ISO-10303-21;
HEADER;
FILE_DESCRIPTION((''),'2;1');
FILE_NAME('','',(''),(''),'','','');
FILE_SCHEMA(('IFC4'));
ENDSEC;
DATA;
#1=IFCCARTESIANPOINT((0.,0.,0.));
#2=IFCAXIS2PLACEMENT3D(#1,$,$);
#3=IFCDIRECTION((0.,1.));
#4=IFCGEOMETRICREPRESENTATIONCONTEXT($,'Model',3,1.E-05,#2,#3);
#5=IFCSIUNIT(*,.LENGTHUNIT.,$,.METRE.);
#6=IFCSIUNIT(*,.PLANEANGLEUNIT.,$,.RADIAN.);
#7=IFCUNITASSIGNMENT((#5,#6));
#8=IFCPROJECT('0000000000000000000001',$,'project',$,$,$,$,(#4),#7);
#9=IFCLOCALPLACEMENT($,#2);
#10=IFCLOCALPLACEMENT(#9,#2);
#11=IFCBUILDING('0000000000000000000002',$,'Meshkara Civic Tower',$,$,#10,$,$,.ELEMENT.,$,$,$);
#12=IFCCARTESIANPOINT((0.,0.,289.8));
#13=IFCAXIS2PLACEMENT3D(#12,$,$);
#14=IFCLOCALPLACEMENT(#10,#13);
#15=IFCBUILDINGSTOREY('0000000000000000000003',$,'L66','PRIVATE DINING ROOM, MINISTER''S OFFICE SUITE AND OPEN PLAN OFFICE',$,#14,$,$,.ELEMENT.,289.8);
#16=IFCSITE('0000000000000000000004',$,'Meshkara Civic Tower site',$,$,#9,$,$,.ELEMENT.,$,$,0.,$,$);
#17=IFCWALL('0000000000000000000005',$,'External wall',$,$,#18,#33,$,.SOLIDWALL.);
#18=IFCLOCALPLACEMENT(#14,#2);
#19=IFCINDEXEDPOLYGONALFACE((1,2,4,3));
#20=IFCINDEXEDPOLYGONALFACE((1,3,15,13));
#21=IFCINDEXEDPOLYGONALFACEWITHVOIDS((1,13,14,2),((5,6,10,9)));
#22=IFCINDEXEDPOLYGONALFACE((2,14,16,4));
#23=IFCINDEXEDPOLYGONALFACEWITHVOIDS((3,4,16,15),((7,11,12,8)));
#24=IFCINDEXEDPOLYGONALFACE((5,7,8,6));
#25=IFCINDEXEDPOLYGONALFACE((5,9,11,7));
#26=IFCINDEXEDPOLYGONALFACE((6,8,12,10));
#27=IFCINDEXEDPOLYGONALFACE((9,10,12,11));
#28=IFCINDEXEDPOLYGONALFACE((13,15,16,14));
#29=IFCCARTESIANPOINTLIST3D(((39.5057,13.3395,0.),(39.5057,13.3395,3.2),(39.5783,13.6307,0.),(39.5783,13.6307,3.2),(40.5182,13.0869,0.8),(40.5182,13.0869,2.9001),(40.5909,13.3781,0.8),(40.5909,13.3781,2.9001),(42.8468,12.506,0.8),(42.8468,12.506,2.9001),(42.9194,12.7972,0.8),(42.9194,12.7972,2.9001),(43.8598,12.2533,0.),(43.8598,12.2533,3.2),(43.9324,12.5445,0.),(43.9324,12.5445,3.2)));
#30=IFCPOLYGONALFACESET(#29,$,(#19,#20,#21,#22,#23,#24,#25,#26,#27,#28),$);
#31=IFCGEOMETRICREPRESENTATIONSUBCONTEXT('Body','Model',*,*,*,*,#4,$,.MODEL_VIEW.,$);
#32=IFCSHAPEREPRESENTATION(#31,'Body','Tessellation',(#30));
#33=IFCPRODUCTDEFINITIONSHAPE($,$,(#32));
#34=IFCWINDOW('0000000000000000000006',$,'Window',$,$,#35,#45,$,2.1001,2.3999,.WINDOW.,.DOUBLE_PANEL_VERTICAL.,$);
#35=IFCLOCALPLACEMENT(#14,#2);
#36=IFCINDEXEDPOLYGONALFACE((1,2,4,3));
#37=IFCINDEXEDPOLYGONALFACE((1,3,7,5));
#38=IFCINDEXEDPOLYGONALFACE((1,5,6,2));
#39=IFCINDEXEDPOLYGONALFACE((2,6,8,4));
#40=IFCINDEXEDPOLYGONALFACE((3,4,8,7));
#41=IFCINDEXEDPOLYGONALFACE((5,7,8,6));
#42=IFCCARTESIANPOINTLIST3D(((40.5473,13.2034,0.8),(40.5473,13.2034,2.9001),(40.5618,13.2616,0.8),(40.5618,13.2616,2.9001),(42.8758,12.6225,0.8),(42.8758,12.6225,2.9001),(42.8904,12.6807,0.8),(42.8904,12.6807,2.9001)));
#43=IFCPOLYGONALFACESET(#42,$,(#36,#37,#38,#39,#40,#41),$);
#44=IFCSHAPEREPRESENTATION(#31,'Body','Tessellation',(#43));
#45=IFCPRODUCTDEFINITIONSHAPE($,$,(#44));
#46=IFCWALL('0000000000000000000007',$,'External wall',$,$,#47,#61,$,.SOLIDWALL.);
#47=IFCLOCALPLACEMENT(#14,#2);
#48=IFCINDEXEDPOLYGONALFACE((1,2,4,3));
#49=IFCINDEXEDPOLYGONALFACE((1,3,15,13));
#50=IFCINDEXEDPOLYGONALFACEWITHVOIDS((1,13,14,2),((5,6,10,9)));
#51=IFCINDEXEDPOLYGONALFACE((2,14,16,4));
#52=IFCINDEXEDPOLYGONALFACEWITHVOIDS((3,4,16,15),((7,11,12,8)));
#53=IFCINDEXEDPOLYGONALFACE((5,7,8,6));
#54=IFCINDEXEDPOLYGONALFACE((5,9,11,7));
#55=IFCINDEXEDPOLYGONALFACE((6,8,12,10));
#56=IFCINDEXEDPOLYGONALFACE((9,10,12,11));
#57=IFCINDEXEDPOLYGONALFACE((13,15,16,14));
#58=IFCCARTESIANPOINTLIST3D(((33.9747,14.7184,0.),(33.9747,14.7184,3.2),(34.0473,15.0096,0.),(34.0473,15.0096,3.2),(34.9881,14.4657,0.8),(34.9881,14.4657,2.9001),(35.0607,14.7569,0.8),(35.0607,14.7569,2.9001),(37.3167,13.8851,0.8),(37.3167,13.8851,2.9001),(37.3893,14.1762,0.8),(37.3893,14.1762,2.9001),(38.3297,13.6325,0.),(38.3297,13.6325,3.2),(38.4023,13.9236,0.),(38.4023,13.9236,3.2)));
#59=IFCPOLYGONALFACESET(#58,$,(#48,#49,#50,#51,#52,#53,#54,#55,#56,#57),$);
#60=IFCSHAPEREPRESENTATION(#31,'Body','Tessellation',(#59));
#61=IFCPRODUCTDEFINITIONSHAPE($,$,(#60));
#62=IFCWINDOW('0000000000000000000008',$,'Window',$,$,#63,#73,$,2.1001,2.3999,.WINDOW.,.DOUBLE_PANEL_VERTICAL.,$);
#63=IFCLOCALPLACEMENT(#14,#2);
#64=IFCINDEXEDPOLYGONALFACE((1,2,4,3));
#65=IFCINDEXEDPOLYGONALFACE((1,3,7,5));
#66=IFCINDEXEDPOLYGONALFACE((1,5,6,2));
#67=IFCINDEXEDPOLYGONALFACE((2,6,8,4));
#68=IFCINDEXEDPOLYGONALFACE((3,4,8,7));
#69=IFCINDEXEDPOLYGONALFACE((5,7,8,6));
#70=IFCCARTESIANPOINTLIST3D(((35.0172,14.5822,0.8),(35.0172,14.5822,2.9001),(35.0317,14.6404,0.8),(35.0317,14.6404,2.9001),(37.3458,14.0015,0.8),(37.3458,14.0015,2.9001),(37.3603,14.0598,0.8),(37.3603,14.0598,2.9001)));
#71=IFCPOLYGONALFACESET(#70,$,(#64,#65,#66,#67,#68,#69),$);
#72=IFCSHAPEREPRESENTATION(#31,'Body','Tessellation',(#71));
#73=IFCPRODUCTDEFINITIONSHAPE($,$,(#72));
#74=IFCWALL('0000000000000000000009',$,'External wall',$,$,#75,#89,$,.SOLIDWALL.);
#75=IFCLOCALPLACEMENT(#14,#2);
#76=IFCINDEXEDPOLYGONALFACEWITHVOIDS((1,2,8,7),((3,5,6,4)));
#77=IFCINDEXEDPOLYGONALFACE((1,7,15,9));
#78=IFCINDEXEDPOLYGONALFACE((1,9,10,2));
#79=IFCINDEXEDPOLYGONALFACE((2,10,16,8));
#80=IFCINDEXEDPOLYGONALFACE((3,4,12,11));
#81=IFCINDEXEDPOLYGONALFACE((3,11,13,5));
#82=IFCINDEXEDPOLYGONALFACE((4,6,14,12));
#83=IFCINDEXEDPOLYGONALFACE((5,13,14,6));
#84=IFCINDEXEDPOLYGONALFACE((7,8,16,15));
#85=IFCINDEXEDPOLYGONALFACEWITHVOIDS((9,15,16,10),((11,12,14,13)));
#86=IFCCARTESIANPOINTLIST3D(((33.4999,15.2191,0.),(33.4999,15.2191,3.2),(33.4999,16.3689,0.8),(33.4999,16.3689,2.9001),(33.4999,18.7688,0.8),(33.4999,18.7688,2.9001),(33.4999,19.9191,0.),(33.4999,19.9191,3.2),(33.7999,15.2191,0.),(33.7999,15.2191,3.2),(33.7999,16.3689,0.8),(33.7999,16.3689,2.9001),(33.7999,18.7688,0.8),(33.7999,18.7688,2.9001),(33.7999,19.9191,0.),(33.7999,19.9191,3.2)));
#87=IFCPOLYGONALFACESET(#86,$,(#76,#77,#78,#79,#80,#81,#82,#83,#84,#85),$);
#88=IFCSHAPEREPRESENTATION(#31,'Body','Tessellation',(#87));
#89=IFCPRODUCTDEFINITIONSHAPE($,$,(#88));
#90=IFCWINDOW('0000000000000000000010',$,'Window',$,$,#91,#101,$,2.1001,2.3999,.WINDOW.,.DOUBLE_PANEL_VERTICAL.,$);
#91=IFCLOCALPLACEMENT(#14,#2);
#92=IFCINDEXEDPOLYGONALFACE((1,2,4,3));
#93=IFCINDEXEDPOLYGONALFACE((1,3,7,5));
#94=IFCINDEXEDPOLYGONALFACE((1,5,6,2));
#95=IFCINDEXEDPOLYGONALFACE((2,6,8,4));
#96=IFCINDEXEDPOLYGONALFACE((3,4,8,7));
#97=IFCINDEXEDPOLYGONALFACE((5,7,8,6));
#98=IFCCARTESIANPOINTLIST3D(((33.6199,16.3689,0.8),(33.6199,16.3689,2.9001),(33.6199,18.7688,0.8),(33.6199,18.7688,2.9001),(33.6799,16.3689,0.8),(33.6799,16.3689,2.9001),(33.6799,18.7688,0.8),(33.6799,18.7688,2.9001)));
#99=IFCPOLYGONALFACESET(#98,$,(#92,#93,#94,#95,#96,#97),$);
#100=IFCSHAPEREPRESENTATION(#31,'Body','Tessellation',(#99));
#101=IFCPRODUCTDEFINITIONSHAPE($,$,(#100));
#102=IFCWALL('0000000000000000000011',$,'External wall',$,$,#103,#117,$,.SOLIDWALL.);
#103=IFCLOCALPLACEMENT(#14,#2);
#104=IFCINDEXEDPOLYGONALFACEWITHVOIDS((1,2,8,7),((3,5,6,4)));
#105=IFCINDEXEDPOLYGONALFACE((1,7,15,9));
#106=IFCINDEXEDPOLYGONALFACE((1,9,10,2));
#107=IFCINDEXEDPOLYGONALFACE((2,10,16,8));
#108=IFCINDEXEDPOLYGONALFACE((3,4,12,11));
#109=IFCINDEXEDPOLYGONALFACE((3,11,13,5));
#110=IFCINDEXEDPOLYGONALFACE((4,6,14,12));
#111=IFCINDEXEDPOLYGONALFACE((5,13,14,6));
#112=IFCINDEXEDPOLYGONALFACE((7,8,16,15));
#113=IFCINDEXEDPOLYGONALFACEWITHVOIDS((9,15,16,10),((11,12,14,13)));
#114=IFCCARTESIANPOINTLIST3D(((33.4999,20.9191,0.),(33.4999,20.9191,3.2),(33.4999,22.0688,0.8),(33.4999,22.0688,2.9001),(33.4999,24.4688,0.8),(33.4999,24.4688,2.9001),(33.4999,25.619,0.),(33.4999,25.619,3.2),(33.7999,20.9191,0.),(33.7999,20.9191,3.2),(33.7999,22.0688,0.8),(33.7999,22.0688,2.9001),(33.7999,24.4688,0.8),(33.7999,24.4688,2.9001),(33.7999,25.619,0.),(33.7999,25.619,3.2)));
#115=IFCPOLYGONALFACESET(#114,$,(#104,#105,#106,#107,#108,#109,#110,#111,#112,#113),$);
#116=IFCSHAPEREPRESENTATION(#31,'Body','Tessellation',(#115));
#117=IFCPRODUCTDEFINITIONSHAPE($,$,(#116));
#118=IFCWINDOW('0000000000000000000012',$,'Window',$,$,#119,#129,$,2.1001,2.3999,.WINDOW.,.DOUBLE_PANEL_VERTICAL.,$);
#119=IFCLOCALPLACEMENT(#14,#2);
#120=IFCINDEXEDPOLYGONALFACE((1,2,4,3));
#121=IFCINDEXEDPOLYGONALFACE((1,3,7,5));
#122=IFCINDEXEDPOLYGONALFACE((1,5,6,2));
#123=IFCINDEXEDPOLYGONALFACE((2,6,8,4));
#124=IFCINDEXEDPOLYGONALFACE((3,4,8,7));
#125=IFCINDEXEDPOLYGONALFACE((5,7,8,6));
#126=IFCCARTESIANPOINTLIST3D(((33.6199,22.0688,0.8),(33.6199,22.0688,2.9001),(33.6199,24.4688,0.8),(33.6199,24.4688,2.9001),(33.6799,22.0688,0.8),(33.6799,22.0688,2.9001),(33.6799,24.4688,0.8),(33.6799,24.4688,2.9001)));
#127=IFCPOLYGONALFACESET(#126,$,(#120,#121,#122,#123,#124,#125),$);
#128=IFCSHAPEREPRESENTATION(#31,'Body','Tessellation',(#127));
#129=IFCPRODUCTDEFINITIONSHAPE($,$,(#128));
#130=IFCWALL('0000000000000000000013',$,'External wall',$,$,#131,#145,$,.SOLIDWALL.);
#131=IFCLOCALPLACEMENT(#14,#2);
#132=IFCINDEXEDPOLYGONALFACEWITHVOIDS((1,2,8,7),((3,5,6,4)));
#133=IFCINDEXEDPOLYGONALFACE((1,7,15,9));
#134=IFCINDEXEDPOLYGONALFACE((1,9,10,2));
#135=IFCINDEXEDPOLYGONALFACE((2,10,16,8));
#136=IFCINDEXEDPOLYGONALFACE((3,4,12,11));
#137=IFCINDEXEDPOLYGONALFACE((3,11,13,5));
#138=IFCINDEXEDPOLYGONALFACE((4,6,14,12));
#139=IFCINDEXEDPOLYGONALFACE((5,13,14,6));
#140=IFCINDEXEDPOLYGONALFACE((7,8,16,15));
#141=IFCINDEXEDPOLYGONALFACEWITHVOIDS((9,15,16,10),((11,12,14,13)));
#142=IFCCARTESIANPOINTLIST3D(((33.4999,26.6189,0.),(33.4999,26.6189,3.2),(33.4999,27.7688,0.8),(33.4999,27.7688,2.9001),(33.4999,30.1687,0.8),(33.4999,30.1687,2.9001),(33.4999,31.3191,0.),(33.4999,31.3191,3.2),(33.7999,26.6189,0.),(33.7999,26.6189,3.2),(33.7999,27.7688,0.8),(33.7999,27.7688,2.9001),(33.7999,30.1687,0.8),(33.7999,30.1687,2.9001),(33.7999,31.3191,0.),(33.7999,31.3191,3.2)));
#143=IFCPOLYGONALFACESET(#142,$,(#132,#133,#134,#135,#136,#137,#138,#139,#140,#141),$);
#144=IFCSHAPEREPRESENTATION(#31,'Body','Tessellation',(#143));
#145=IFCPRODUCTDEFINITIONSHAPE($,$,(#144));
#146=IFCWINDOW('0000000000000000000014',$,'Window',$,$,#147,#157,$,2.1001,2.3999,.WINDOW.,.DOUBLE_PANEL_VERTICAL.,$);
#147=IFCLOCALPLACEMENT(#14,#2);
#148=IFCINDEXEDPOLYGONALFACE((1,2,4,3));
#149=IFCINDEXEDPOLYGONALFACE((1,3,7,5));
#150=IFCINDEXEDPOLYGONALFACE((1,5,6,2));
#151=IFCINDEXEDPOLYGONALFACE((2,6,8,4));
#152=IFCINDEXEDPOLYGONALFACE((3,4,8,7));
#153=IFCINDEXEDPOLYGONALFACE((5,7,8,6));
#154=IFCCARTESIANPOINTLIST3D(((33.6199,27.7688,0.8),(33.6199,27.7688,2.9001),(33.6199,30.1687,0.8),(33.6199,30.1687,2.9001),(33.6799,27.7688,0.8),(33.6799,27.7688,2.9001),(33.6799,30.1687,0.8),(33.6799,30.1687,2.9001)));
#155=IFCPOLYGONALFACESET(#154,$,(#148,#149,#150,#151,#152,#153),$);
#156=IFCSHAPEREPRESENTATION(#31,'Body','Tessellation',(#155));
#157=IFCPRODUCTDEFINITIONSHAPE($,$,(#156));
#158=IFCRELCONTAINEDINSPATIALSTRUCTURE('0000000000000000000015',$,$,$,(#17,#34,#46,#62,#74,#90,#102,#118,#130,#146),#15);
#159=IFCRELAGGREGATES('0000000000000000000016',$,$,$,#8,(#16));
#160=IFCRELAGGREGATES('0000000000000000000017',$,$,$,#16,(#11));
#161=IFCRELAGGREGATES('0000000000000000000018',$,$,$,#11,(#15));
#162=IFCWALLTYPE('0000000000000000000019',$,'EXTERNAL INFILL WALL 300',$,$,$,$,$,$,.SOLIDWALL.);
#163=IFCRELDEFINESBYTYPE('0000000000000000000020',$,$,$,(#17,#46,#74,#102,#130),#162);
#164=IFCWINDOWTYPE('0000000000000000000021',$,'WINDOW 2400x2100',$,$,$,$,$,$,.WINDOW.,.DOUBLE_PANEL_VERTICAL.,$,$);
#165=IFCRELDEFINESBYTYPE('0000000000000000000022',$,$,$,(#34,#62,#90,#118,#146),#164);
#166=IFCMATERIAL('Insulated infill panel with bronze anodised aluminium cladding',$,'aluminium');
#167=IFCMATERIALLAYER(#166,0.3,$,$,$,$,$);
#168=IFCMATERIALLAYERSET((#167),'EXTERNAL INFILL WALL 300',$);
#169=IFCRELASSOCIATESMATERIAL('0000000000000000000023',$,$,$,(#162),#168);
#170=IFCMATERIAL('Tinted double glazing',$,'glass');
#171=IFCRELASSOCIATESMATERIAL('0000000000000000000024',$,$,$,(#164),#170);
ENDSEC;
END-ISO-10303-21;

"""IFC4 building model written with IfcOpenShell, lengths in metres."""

from ifc_helpers import new_model, si_unit, direction, frame, frame_2d, origin, place, context, subcontext, project, spatial, rectangle, extrude, material, layer, layer_set, type_object, element, fill, save


model = new_model("IFC4")

# Units and contexts
model_context = context("Model", 3, precision=1e-05, world=origin(), true_north=direction((0.0, 1.0)))
body_context = subcontext(model_context, "Body", "Model", "MODEL_VIEW")
ifc_project = project(units=[si_unit("LENGTHUNIT", "METRE"), si_unit("PLANEANGLEUNIT", "RADIAN")], contexts=[model_context])

# Site, building, storey
site_placement = place(None, origin())
site = spatial("IfcSite", under=ifc_project, at=site_placement, Name="Meshkara Civic Tower site", CompositionType="ELEMENT", RefElevation=0.0)
building_placement = place(site_placement, origin())
building = spatial("IfcBuilding", under=site, at=building_placement, Name="Meshkara Civic Tower", CompositionType="ELEMENT")
storey_placement = place(building_placement, frame((0.0, 0.0, 289.8)))
storey = spatial("IfcBuildingStorey", under=building, at=storey_placement, Name="L66", Description="PRIVATE DINING ROOM, MINISTER'S OFFICE SUITE AND OPEN PLAN OFFICE", CompositionType="ELEMENT", Elevation=289.8)

# Walls, openings, windows
ifc_material_1 = material(Name="Insulated infill panel with bronze anodised aluminium cladding", Category="aluminium")
ifc_layer_1 = layer(ifc_material_1, 0.3)
ifc_layer_set_1 = layer_set([ifc_layer_1], Name="EXTERNAL INFILL WALL 300")
wall_type_1 = type_object("IfcWallType", Name="EXTERNAL INFILL WALL 300", PredefinedType="SOLIDWALL", material=ifc_layer_set_1)
wall_1_placement = place(storey_placement, frame((43.896, 12.3989, 0.0), z_axis=(0.0, 0.0, 1.0), x_axis=(-0.970264, 0.242049, 0.0)))
wall_1 = element("IfcWall", 1, at=wall_1_placement, inside=storey, type_object=wall_type_1, Name="External wall", PredefinedType="SOLIDWALL", context=body_context, shape_type="SweptSolid", body=[
    extrude(rectangle(XDim=4.4875, YDim=0.3, at=frame_2d((2.2437, 0.0))), origin(), (0.0, 0.0, 1.0), 3.2),
])
opening_1_placement = place(wall_1_placement, frame((1.0439, 0.0, 0.8)))
opening_1 = element("IfcOpeningElement", 2, at=opening_1_placement, cuts=wall_1, PredefinedType="OPENING", context=body_context, shape_type="SweptSolid", body=[
    extrude(rectangle(XDim=2.3999, YDim=2.1001, at=frame_2d((1.2, 1.05))), frame((0.0, 0.1599, 0.0), z_axis=(0.0, -1.0, 0.0), x_axis=(1.0, 0.0, 0.0)), (0.0, 0.0, 1.0), 0.3201),
])
ifc_material_2 = material(Name="Tinted double glazing", Category="glass")
window_type = type_object("IfcWindowType", Name="WINDOW 2400x2100", PartitioningType="DOUBLE_PANEL_VERTICAL", PredefinedType="WINDOW", material=ifc_material_2)
window_1_placement = place(opening_1_placement, origin())
window_1 = element("IfcWindow", 3, at=window_1_placement, inside=storey, type_object=window_type, Name="Window", OverallHeight=2.1001, OverallWidth=2.3999, PartitioningType="DOUBLE_PANEL_VERTICAL", PredefinedType="WINDOW", context=body_context, shape_type="SweptSolid", body=[
    extrude(rectangle(XDim=2.3999, YDim=2.1001, at=frame_2d((1.2, 1.05))), frame((0.0, 0.03, 0.0), z_axis=(0.0, -1.0, 0.0), x_axis=(1.0, 0.0, 0.0)), (0.0, 0.0, 1.0), 0.0601),
])
fill(opening_1, window_1)
wall_2_placement = place(storey_placement, frame((38.366, 13.7781, 0.0), z_axis=(0.0, 0.0, 1.0), x_axis=(-0.97029, 0.241947, 0.0)))
wall_2 = element("IfcWall", 4, at=wall_2_placement, inside=storey, type_object=wall_type_1, Name="External wall", PredefinedType="SOLIDWALL", context=body_context, shape_type="SweptSolid", body=[
    extrude(rectangle(XDim=4.4883, YDim=0.3, at=frame_2d((2.2441, 0.0))), origin(), (0.0, 0.0, 1.0), 3.2),
])
opening_2_placement = place(wall_2_placement, frame((1.0439, 0.0, 0.8)))
opening_2 = element("IfcOpeningElement", 5, at=opening_2_placement, cuts=wall_2, PredefinedType="OPENING", context=body_context, shape_type="SweptSolid", body=[
    extrude(rectangle(XDim=2.3999, YDim=2.1001, at=frame_2d((1.2, 1.05))), frame((0.0, 0.1599, 0.0), z_axis=(0.0, -1.0, 0.0), x_axis=(1.0, 0.0, 0.0)), (0.0, 0.0, 1.0), 0.3201),
])
window_2_placement = place(opening_2_placement, origin())
window_2 = element("IfcWindow", 6, at=window_2_placement, inside=storey, type_object=window_type, Name="Window", OverallHeight=2.1001, OverallWidth=2.3999, PartitioningType="DOUBLE_PANEL_VERTICAL", PredefinedType="WINDOW", context=body_context, shape_type="SweptSolid", body=[
    extrude(rectangle(XDim=2.3999, YDim=2.1001, at=frame_2d((1.2, 1.05))), frame((0.0, 0.03, 0.0), z_axis=(0.0, -1.0, 0.0), x_axis=(1.0, 0.0, 0.0)), (0.0, 0.0, 1.0), 0.0601),
])
fill(opening_2, window_2)
wall_3_placement = place(storey_placement, frame((33.6499, 15.219, 0.0), z_axis=(0.0, 0.0, 1.0), x_axis=(0.0, 1.0, 0.0)))
wall_3 = element("IfcWall", 7, at=wall_3_placement, inside=storey, type_object=wall_type_1, Name="External wall", PredefinedType="SOLIDWALL", context=body_context, shape_type="SweptSolid", body=[
    extrude(rectangle(XDim=4.7, YDim=0.3, at=frame_2d((2.3501, 0.0))), origin(), (0.0, 0.0, 1.0), 3.2),
])
opening_3_placement = place(wall_3_placement, frame((1.1499, 0.0, 0.8)))
opening_3 = element("IfcOpeningElement", 8, at=opening_3_placement, cuts=wall_3, PredefinedType="OPENING", context=body_context, shape_type="SweptSolid", body=[
    extrude(rectangle(XDim=2.3999, YDim=2.1001, at=frame_2d((1.2, 1.05))), frame((0.0, 0.1599, 0.0), z_axis=(0.0, -1.0, 0.0), x_axis=(1.0, 0.0, 0.0)), (0.0, 0.0, 1.0), 0.3201),
])
window_3_placement = place(opening_3_placement, origin())
window_3 = element("IfcWindow", 9, at=window_3_placement, inside=storey, type_object=window_type, Name="Window", OverallHeight=2.1001, OverallWidth=2.3999, PartitioningType="DOUBLE_PANEL_VERTICAL", PredefinedType="WINDOW", context=body_context, shape_type="SweptSolid", body=[
    extrude(rectangle(XDim=2.3999, YDim=2.1001, at=frame_2d((1.2, 1.05))), frame((0.0, 0.03, 0.0), z_axis=(0.0, -1.0, 0.0), x_axis=(1.0, 0.0, 0.0)), (0.0, 0.0, 1.0), 0.0601),
])
fill(opening_3, window_3)
wall_4_placement = place(storey_placement, frame((33.6499, 20.9189, 0.0), z_axis=(0.0, 0.0, 1.0), x_axis=(0.0, 1.0, 0.0)))
wall_4 = element("IfcWall", 10, at=wall_4_placement, inside=storey, type_object=wall_type_1, Name="External wall", PredefinedType="SOLIDWALL", context=body_context, shape_type="SweptSolid", body=[
    extrude(rectangle(XDim=4.7, YDim=0.3, at=frame_2d((2.3501, 0.0))), origin(), (0.0, 0.0, 1.0), 3.2),
])
opening_4_placement = place(wall_4_placement, frame((1.1499, 0.0, 0.8)))
opening_4 = element("IfcOpeningElement", 11, at=opening_4_placement, cuts=wall_4, PredefinedType="OPENING", context=body_context, shape_type="SweptSolid", body=[
    extrude(rectangle(XDim=2.3999, YDim=2.1001, at=frame_2d((1.2, 1.05))), frame((0.0, 0.1599, 0.0), z_axis=(0.0, -1.0, 0.0), x_axis=(1.0, 0.0, 0.0)), (0.0, 0.0, 1.0), 0.3201),
])
window_4_placement = place(opening_4_placement, origin())
window_4 = element("IfcWindow", 12, at=window_4_placement, inside=storey, type_object=window_type, Name="Window", OverallHeight=2.1001, OverallWidth=2.3999, PartitioningType="DOUBLE_PANEL_VERTICAL", PredefinedType="WINDOW", context=body_context, shape_type="SweptSolid", body=[
    extrude(rectangle(XDim=2.3999, YDim=2.1001, at=frame_2d((1.2, 1.05))), frame((0.0, 0.03, 0.0), z_axis=(0.0, -1.0, 0.0), x_axis=(1.0, 0.0, 0.0)), (0.0, 0.0, 1.0), 0.0601),
])
fill(opening_4, window_4)
wall_5_placement = place(storey_placement, frame((33.6499, 26.6189, 0.0), z_axis=(0.0, 0.0, 1.0), x_axis=(0.0, 1.0, 0.0)))
wall_5 = element("IfcWall", 13, at=wall_5_placement, inside=storey, type_object=wall_type_1, Name="External wall", PredefinedType="SOLIDWALL", context=body_context, shape_type="SweptSolid", body=[
    extrude(rectangle(XDim=4.7002, YDim=0.3, at=frame_2d((2.3501, 0.0))), origin(), (0.0, 0.0, 1.0), 3.2),
])
opening_5_placement = place(wall_5_placement, frame((1.1499, 0.0, 0.8)))
opening_5 = element("IfcOpeningElement", 14, at=opening_5_placement, cuts=wall_5, PredefinedType="OPENING", context=body_context, shape_type="SweptSolid", body=[
    extrude(rectangle(XDim=2.3999, YDim=2.1001, at=frame_2d((1.2, 1.05))), frame((0.0, 0.1599, 0.0), z_axis=(0.0, -1.0, 0.0), x_axis=(1.0, 0.0, 0.0)), (0.0, 0.0, 1.0), 0.3201),
])
window_5_placement = place(opening_5_placement, origin())
window_5 = element("IfcWindow", 15, at=window_5_placement, inside=storey, type_object=window_type, Name="Window", OverallHeight=2.1001, OverallWidth=2.3999, PartitioningType="DOUBLE_PANEL_VERTICAL", PredefinedType="WINDOW", context=body_context, shape_type="SweptSolid", body=[
    extrude(rectangle(XDim=2.3999, YDim=2.1001, at=frame_2d((1.2, 1.05))), frame((0.0, 0.03, 0.0), z_axis=(0.0, -1.0, 0.0), x_axis=(1.0, 0.0, 0.0)), (0.0, 0.0, 1.0), 0.0601),
])
fill(opening_5, window_5)

save(model, "model.ifc")
